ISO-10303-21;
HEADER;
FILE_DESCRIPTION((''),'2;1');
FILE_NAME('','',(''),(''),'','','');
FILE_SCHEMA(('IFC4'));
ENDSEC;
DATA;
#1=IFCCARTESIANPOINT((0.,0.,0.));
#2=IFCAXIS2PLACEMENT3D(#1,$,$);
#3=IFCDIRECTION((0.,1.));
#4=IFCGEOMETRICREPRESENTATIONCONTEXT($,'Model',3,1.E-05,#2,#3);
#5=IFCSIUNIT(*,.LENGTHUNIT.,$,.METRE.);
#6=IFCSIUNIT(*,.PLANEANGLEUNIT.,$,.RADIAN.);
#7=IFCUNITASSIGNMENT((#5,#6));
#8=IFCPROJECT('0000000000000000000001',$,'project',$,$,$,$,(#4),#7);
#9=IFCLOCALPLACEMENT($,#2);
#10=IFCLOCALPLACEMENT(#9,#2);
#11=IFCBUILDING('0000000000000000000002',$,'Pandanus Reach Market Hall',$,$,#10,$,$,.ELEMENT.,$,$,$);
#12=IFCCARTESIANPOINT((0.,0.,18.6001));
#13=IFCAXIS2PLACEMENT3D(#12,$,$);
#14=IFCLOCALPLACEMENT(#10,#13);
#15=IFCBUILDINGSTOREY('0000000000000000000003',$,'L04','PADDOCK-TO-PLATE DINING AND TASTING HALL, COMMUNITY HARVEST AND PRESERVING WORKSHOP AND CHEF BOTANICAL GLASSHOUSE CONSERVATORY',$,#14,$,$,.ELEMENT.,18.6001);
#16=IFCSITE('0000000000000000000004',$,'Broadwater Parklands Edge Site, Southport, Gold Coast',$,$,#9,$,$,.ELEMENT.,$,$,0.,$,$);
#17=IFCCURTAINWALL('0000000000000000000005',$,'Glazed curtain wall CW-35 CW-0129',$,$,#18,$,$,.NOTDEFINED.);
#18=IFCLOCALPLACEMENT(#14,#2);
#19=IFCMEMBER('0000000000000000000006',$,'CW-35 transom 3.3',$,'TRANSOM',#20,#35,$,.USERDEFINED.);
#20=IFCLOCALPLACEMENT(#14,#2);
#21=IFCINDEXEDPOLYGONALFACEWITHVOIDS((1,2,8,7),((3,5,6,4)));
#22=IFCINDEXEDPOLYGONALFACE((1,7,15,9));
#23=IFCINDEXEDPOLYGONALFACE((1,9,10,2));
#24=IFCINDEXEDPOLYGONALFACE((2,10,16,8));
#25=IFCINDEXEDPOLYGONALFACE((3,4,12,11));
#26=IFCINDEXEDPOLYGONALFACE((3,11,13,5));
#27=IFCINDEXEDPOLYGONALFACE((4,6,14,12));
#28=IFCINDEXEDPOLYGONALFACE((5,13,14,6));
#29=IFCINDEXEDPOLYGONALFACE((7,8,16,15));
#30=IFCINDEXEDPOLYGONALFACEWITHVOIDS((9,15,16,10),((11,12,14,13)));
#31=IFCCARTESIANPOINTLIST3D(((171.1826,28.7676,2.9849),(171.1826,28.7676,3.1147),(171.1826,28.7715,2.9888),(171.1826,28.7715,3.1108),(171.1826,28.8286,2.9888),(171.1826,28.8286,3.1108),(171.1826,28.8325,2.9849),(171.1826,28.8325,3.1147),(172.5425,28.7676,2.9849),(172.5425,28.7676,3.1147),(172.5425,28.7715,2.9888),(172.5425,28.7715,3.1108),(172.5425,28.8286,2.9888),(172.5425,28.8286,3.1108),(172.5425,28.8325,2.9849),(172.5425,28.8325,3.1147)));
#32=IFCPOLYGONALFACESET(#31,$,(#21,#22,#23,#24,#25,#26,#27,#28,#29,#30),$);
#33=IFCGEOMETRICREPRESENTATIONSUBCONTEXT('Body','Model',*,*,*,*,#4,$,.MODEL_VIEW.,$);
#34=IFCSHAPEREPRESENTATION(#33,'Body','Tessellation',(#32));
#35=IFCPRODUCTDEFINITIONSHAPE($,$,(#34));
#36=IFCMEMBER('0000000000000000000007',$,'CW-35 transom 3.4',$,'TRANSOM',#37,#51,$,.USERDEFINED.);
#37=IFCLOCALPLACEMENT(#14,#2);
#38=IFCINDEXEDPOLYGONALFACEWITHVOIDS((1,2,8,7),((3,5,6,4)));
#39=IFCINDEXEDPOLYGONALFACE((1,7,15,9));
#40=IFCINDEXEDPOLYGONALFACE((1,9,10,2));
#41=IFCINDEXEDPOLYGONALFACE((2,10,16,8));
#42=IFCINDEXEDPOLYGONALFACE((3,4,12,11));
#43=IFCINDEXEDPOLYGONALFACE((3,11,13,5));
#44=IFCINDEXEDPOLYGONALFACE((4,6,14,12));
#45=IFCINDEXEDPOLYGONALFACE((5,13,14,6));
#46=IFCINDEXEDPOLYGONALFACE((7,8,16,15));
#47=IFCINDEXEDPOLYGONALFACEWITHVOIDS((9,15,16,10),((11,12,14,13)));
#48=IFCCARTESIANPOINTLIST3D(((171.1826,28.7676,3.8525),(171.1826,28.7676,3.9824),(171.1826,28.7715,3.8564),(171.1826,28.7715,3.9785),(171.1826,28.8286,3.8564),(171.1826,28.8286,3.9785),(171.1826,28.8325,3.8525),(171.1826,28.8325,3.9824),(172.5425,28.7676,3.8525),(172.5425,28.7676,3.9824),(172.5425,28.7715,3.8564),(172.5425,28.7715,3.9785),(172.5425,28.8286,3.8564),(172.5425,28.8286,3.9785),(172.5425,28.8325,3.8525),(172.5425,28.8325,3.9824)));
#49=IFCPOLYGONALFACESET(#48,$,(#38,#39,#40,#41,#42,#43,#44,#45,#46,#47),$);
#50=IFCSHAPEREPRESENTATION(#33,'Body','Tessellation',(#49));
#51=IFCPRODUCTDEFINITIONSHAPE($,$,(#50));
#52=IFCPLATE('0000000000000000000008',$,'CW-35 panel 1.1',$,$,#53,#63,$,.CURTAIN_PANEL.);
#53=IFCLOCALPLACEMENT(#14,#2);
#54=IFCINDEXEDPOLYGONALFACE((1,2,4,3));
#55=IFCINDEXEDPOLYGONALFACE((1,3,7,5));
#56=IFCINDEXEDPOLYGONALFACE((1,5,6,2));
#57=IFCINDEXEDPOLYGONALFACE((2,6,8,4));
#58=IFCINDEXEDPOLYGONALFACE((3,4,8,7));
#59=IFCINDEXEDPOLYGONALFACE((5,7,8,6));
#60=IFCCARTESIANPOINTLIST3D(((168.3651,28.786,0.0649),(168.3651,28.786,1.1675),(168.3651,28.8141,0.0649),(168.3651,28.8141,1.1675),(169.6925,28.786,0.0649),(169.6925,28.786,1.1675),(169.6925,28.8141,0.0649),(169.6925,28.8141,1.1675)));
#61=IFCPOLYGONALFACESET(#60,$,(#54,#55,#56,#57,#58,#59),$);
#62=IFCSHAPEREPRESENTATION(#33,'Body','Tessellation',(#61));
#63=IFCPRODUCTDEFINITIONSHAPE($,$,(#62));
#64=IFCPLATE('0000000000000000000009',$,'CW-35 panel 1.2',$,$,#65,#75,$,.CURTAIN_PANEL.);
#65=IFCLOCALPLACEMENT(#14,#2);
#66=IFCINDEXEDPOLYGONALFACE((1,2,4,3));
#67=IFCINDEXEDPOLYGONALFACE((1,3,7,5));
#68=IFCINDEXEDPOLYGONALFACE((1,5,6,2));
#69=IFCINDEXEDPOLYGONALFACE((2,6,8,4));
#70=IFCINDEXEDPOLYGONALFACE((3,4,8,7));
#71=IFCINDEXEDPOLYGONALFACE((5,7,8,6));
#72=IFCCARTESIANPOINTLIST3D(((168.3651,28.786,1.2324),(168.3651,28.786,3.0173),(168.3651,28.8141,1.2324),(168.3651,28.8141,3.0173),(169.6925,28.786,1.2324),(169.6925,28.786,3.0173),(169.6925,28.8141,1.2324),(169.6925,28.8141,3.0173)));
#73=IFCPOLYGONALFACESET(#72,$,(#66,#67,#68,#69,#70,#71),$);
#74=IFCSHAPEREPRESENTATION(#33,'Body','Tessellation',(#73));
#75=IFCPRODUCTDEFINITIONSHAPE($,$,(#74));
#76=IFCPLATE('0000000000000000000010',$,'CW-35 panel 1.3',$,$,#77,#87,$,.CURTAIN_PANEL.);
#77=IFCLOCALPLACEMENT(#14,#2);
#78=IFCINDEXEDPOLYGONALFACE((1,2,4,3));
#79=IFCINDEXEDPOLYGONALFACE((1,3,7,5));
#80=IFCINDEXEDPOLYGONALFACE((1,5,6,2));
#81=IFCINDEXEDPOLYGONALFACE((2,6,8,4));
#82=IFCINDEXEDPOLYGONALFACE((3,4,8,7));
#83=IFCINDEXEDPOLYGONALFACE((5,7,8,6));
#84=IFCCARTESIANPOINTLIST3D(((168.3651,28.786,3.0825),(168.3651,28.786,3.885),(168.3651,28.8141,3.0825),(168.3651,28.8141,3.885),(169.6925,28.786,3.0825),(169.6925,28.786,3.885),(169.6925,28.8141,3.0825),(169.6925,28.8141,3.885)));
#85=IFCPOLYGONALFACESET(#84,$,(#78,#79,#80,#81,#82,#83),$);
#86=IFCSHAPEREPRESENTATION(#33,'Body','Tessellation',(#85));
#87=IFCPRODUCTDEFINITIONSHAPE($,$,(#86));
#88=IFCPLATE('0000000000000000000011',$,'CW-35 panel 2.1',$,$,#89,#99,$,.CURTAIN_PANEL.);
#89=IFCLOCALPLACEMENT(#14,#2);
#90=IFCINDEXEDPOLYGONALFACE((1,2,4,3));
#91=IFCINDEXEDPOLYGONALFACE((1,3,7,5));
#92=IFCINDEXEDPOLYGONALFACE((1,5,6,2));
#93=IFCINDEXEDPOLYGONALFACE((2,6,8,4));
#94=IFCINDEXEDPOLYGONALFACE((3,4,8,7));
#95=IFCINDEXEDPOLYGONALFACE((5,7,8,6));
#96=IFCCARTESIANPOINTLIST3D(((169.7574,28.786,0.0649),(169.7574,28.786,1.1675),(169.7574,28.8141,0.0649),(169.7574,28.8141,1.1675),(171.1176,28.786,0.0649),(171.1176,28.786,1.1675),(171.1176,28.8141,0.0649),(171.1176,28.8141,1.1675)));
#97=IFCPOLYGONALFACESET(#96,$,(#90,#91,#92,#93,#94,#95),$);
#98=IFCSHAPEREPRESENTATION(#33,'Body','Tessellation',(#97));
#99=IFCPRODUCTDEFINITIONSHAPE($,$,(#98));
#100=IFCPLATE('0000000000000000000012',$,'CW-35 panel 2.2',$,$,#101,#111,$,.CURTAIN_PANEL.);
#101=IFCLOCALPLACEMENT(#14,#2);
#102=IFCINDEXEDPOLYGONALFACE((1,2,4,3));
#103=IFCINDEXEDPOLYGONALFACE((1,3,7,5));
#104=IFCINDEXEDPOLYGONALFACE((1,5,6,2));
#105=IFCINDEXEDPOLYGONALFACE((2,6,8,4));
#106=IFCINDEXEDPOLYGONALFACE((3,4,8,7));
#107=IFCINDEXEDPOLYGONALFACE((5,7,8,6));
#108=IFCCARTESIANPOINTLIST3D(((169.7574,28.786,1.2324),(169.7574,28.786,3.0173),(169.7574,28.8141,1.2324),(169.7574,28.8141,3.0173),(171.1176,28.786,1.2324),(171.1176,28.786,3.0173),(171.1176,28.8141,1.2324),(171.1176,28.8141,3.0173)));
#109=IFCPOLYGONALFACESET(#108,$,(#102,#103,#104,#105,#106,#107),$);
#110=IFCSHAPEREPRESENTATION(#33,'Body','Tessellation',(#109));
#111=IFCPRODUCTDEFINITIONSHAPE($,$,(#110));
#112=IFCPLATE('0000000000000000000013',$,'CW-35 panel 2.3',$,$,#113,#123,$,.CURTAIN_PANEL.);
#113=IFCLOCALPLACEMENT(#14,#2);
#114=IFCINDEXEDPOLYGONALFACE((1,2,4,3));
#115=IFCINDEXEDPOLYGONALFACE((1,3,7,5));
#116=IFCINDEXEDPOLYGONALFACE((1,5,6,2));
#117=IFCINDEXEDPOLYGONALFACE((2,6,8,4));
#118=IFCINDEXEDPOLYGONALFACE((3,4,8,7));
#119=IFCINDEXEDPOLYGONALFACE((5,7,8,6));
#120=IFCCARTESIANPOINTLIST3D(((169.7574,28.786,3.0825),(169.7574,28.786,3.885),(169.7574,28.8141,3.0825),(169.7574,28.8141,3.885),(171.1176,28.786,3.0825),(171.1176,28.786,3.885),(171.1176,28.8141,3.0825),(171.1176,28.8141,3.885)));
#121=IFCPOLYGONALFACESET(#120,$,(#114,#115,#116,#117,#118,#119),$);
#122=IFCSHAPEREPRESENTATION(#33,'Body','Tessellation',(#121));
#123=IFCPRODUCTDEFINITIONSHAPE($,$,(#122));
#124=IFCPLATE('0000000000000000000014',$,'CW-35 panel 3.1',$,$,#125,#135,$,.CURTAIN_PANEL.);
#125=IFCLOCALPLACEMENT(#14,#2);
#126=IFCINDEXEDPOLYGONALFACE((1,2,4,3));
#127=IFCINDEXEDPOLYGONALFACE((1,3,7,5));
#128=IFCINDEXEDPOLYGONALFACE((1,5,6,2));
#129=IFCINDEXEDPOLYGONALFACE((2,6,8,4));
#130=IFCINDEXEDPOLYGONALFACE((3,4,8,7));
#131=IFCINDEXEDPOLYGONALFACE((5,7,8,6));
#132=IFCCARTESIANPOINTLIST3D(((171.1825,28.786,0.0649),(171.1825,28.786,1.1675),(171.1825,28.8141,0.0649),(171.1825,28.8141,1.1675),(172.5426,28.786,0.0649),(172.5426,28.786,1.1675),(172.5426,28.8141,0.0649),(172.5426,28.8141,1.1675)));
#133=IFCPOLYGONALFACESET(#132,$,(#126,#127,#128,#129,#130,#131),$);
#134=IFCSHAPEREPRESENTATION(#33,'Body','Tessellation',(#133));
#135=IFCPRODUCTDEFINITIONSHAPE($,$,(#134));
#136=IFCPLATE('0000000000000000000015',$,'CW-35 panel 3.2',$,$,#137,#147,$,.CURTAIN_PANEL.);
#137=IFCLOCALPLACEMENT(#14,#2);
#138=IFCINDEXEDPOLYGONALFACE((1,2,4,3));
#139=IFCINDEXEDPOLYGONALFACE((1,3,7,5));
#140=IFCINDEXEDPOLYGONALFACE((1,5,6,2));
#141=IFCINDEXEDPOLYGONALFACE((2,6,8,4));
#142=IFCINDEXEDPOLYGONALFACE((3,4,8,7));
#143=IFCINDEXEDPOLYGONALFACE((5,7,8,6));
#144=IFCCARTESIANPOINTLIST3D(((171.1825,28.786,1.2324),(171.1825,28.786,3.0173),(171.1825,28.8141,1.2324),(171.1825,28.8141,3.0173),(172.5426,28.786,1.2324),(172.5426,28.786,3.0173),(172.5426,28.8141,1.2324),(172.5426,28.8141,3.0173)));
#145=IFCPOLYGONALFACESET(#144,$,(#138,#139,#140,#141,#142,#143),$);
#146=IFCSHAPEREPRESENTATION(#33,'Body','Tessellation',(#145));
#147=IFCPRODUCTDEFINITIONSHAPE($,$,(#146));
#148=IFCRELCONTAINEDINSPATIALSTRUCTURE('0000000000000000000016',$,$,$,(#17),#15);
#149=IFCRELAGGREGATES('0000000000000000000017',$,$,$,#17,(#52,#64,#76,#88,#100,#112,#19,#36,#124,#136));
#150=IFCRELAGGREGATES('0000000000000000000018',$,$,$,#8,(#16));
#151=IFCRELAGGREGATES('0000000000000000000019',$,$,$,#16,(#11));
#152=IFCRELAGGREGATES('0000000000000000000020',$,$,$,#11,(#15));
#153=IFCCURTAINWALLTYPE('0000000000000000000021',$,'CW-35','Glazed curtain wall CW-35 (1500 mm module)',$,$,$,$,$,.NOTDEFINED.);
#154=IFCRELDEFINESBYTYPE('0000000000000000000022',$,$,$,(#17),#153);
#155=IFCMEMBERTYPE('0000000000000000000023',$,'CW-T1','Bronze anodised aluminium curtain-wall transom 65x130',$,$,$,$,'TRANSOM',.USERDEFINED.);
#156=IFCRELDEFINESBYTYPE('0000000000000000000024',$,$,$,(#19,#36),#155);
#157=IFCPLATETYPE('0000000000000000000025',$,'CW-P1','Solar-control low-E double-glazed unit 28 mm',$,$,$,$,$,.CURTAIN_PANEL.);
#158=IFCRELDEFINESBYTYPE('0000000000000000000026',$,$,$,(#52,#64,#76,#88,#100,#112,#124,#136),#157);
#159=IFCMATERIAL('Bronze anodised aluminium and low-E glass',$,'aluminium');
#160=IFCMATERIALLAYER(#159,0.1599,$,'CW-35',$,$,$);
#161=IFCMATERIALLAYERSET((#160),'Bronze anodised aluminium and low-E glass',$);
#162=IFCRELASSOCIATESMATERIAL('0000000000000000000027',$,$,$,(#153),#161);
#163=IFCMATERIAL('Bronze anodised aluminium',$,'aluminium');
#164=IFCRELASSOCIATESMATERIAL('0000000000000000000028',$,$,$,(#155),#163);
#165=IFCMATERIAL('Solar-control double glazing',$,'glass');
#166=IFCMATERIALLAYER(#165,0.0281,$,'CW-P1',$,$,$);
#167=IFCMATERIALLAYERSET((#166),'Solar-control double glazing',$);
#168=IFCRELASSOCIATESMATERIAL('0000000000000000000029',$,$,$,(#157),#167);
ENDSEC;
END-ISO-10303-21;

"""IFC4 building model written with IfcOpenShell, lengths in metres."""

from ifc_helpers import new_model, si_unit, direction, frame, origin, origin_2d, place, context, subcontext, project, spatial, rectangle, hollow_rectangle, extrude, material, layer, layer_set, material_profile, profile_set, type_object, element, aggregate, save


model = new_model("IFC4")

# Units and contexts
model_context = context("Model", 3, precision=1e-05, world=origin(), true_north=direction((0.0, 1.0)))
body_context = subcontext(model_context, "Body", "Model", "MODEL_VIEW")
ifc_project = project(units=[si_unit("LENGTHUNIT", "METRE"), si_unit("PLANEANGLEUNIT", "RADIAN")], contexts=[model_context])

# Site, building, storey
site_placement = place(None, origin())
site = spatial("IfcSite", under=ifc_project, at=site_placement, Name="Broadwater Parklands Edge Site, Southport, Gold Coast", CompositionType="ELEMENT", RefElevation=0.0)
building_placement = place(site_placement, origin())
building = spatial("IfcBuilding", under=site, at=building_placement, Name="Pandanus Reach Market Hall", CompositionType="ELEMENT")
storey_placement = place(building_placement, frame((0.0, 0.0, 18.6001)))
storey = spatial("IfcBuildingStorey", under=building, at=storey_placement, Name="L04", Description="PADDOCK-TO-PLATE DINING AND TASTING HALL, COMMUNITY HARVEST AND PRESERVING WORKSHOP AND CHEF BOTANICAL GLASSHOUSE CONSERVATORY", CompositionType="ELEMENT", Elevation=18.6001)

# Curtain wall, members, plates
ifc_material_1 = material(Name="Bronze anodised aluminium and low-E glass", Category="aluminium")
ifc_layer_1 = layer(ifc_material_1, 0.1599, Name="CW-35")
ifc_layer_set_1 = layer_set([ifc_layer_1], Name="Bronze anodised aluminium and low-E glass")
curtain_wall_type = type_object("IfcCurtainWallType", Name="CW-35", Description="Glazed curtain wall CW-35 (1500 mm module)", PredefinedType="NOTDEFINED", material=ifc_layer_set_1)
curtain_wall_placement = place(storey_placement, origin())
curtain_wall = element("IfcCurtainWall", 1, at=curtain_wall_placement, inside=storey, type_object=curtain_wall_type, Name="Glazed curtain wall CW-35 CW-0129", PredefinedType="NOTDEFINED")
ifc_material_2 = material(Name="Bronze anodised aluminium", Category="aluminium")
ifc_material_profile_1 = material_profile(ifc_material_2, hollow_rectangle(XDim=0.0649, YDim=0.1299, WallThickness=0.0039, at=origin_2d()), Name="ALU65x130", Category="LoadBearing")
ifc_profile_set_1 = profile_set([ifc_material_profile_1], Name="Bronze anodised aluminium")
member_type_1 = type_object("IfcMemberType", Name="CW-T1", Description="Bronze anodised aluminium curtain-wall transom 65x130", ElementType="TRANSOM", PredefinedType="USERDEFINED", material=ifc_profile_set_1)
member_1_placement = place(storey_placement, frame((171.1826, 28.8, 3.0498), z_axis=(1.0, 0.0, 0.0), x_axis=(0.0, 1.0, 0.0)))
member_1 = element("IfcMember", 2, at=member_1_placement, type_object=member_type_1, Name="CW-35 transom 3.3", ObjectType="TRANSOM", PredefinedType="USERDEFINED", context=body_context, shape_type="SweptSolid", body=[
    extrude(hollow_rectangle(XDim=0.0649, YDim=0.1299, WallThickness=0.0039, at=origin_2d()), origin(), (0.0, 0.0, 1.0), 1.3599),
])
member_2_placement = place(storey_placement, frame((171.1826, 28.8, 3.9175), z_axis=(1.0, 0.0, 0.0), x_axis=(0.0, 1.0, 0.0)))
member_2 = element("IfcMember", 3, at=member_2_placement, type_object=member_type_1, Name="CW-35 transom 3.4", ObjectType="TRANSOM", PredefinedType="USERDEFINED", context=body_context, shape_type="SweptSolid", body=[
    extrude(hollow_rectangle(XDim=0.0649, YDim=0.1299, WallThickness=0.0039, at=origin_2d()), origin(), (0.0, 0.0, 1.0), 1.3599),
])
ifc_material_3 = material(Name="Solar-control double glazing", Category="glass")
ifc_layer_2 = layer(ifc_material_3, 0.0281, Name="CW-P1")
ifc_layer_set_2 = layer_set([ifc_layer_2], Name="Solar-control double glazing")
plate_type = type_object("IfcPlateType", Name="CW-P1", Description="Solar-control low-E double-glazed unit 28 mm", PredefinedType="CURTAIN_PANEL", material=ifc_layer_set_2)
plate_1_placement = place(storey_placement, frame((169.0288, 28.8, 0.0649), z_axis=(0.0, 0.0, 1.0), x_axis=(1.0, 0.0, 0.0)))
plate_1 = element("IfcPlate", 4, at=plate_1_placement, type_object=plate_type, Name="CW-35 panel 1.1", PredefinedType="CURTAIN_PANEL", context=body_context, shape_type="SweptSolid", body=[
    extrude(rectangle(XDim=1.3274, YDim=0.0281, at=origin_2d()), origin(), (0.0, 0.0, 1.0), 1.1025),
])
plate_2_placement = place(storey_placement, frame((169.0288, 28.8, 1.2324), z_axis=(0.0, 0.0, 1.0), x_axis=(1.0, 0.0, 0.0)))
plate_2 = element("IfcPlate", 5, at=plate_2_placement, type_object=plate_type, Name="CW-35 panel 1.2", PredefinedType="CURTAIN_PANEL", context=body_context, shape_type="SweptSolid", body=[
    extrude(rectangle(XDim=1.3274, YDim=0.0281, at=origin_2d()), origin(), (0.0, 0.0, 1.0), 1.7849),
])
plate_3_placement = place(storey_placement, frame((169.0288, 28.8, 3.0825), z_axis=(0.0, 0.0, 1.0), x_axis=(1.0, 0.0, 0.0)))
plate_3 = element("IfcPlate", 6, at=plate_3_placement, type_object=plate_type, Name="CW-35 panel 1.3", PredefinedType="CURTAIN_PANEL", context=body_context, shape_type="SweptSolid", body=[
    extrude(rectangle(XDim=1.3274, YDim=0.0281, at=origin_2d()), origin(), (0.0, 0.0, 1.0), 0.8025),
])
plate_4_placement = place(storey_placement, frame((170.4375, 28.8, 0.0649), z_axis=(0.0, 0.0, 1.0), x_axis=(1.0, 0.0, 0.0)))
plate_4 = element("IfcPlate", 7, at=plate_4_placement, type_object=plate_type, Name="CW-35 panel 2.1", PredefinedType="CURTAIN_PANEL", context=body_context, shape_type="SweptSolid", body=[
    extrude(rectangle(XDim=1.3601, YDim=0.0281, at=origin_2d()), origin(), (0.0, 0.0, 1.0), 1.1025),
])
plate_5_placement = place(storey_placement, frame((170.4375, 28.8, 1.2324), z_axis=(0.0, 0.0, 1.0), x_axis=(1.0, 0.0, 0.0)))
plate_5 = element("IfcPlate", 8, at=plate_5_placement, type_object=plate_type, Name="CW-35 panel 2.2", PredefinedType="CURTAIN_PANEL", context=body_context, shape_type="SweptSolid", body=[
    extrude(rectangle(XDim=1.3601, YDim=0.0281, at=origin_2d()), origin(), (0.0, 0.0, 1.0), 1.7849),
])
plate_6_placement = place(storey_placement, frame((170.4375, 28.8, 3.0825), z_axis=(0.0, 0.0, 1.0), x_axis=(1.0, 0.0, 0.0)))
plate_6 = element("IfcPlate", 9, at=plate_6_placement, type_object=plate_type, Name="CW-35 panel 2.3", PredefinedType="CURTAIN_PANEL", context=body_context, shape_type="SweptSolid", body=[
    extrude(rectangle(XDim=1.3601, YDim=0.0281, at=origin_2d()), origin(), (0.0, 0.0, 1.0), 0.8025),
])
plate_7_placement = place(storey_placement, frame((171.8625, 28.8, 0.0649), z_axis=(0.0, 0.0, 1.0), x_axis=(1.0, 0.0, 0.0)))
plate_7 = element("IfcPlate", 10, at=plate_7_placement, type_object=plate_type, Name="CW-35 panel 3.1", PredefinedType="CURTAIN_PANEL", context=body_context, shape_type="SweptSolid", body=[
    extrude(rectangle(XDim=1.3601, YDim=0.0281, at=origin_2d()), origin(), (0.0, 0.0, 1.0), 1.1025),
])
plate_8_placement = place(storey_placement, frame((171.8625, 28.8, 1.2324), z_axis=(0.0, 0.0, 1.0), x_axis=(1.0, 0.0, 0.0)))
plate_8 = element("IfcPlate", 11, at=plate_8_placement, type_object=plate_type, Name="CW-35 panel 3.2", PredefinedType="CURTAIN_PANEL", context=body_context, shape_type="SweptSolid", body=[
    extrude(rectangle(XDim=1.3601, YDim=0.0281, at=origin_2d()), origin(), (0.0, 0.0, 1.0), 1.7849),
])
aggregate(curtain_wall, [plate_1, plate_2, plate_3, plate_4, plate_5, plate_6, member_1, member_2, plate_7, plate_8])

save(model, "model.ifc")
